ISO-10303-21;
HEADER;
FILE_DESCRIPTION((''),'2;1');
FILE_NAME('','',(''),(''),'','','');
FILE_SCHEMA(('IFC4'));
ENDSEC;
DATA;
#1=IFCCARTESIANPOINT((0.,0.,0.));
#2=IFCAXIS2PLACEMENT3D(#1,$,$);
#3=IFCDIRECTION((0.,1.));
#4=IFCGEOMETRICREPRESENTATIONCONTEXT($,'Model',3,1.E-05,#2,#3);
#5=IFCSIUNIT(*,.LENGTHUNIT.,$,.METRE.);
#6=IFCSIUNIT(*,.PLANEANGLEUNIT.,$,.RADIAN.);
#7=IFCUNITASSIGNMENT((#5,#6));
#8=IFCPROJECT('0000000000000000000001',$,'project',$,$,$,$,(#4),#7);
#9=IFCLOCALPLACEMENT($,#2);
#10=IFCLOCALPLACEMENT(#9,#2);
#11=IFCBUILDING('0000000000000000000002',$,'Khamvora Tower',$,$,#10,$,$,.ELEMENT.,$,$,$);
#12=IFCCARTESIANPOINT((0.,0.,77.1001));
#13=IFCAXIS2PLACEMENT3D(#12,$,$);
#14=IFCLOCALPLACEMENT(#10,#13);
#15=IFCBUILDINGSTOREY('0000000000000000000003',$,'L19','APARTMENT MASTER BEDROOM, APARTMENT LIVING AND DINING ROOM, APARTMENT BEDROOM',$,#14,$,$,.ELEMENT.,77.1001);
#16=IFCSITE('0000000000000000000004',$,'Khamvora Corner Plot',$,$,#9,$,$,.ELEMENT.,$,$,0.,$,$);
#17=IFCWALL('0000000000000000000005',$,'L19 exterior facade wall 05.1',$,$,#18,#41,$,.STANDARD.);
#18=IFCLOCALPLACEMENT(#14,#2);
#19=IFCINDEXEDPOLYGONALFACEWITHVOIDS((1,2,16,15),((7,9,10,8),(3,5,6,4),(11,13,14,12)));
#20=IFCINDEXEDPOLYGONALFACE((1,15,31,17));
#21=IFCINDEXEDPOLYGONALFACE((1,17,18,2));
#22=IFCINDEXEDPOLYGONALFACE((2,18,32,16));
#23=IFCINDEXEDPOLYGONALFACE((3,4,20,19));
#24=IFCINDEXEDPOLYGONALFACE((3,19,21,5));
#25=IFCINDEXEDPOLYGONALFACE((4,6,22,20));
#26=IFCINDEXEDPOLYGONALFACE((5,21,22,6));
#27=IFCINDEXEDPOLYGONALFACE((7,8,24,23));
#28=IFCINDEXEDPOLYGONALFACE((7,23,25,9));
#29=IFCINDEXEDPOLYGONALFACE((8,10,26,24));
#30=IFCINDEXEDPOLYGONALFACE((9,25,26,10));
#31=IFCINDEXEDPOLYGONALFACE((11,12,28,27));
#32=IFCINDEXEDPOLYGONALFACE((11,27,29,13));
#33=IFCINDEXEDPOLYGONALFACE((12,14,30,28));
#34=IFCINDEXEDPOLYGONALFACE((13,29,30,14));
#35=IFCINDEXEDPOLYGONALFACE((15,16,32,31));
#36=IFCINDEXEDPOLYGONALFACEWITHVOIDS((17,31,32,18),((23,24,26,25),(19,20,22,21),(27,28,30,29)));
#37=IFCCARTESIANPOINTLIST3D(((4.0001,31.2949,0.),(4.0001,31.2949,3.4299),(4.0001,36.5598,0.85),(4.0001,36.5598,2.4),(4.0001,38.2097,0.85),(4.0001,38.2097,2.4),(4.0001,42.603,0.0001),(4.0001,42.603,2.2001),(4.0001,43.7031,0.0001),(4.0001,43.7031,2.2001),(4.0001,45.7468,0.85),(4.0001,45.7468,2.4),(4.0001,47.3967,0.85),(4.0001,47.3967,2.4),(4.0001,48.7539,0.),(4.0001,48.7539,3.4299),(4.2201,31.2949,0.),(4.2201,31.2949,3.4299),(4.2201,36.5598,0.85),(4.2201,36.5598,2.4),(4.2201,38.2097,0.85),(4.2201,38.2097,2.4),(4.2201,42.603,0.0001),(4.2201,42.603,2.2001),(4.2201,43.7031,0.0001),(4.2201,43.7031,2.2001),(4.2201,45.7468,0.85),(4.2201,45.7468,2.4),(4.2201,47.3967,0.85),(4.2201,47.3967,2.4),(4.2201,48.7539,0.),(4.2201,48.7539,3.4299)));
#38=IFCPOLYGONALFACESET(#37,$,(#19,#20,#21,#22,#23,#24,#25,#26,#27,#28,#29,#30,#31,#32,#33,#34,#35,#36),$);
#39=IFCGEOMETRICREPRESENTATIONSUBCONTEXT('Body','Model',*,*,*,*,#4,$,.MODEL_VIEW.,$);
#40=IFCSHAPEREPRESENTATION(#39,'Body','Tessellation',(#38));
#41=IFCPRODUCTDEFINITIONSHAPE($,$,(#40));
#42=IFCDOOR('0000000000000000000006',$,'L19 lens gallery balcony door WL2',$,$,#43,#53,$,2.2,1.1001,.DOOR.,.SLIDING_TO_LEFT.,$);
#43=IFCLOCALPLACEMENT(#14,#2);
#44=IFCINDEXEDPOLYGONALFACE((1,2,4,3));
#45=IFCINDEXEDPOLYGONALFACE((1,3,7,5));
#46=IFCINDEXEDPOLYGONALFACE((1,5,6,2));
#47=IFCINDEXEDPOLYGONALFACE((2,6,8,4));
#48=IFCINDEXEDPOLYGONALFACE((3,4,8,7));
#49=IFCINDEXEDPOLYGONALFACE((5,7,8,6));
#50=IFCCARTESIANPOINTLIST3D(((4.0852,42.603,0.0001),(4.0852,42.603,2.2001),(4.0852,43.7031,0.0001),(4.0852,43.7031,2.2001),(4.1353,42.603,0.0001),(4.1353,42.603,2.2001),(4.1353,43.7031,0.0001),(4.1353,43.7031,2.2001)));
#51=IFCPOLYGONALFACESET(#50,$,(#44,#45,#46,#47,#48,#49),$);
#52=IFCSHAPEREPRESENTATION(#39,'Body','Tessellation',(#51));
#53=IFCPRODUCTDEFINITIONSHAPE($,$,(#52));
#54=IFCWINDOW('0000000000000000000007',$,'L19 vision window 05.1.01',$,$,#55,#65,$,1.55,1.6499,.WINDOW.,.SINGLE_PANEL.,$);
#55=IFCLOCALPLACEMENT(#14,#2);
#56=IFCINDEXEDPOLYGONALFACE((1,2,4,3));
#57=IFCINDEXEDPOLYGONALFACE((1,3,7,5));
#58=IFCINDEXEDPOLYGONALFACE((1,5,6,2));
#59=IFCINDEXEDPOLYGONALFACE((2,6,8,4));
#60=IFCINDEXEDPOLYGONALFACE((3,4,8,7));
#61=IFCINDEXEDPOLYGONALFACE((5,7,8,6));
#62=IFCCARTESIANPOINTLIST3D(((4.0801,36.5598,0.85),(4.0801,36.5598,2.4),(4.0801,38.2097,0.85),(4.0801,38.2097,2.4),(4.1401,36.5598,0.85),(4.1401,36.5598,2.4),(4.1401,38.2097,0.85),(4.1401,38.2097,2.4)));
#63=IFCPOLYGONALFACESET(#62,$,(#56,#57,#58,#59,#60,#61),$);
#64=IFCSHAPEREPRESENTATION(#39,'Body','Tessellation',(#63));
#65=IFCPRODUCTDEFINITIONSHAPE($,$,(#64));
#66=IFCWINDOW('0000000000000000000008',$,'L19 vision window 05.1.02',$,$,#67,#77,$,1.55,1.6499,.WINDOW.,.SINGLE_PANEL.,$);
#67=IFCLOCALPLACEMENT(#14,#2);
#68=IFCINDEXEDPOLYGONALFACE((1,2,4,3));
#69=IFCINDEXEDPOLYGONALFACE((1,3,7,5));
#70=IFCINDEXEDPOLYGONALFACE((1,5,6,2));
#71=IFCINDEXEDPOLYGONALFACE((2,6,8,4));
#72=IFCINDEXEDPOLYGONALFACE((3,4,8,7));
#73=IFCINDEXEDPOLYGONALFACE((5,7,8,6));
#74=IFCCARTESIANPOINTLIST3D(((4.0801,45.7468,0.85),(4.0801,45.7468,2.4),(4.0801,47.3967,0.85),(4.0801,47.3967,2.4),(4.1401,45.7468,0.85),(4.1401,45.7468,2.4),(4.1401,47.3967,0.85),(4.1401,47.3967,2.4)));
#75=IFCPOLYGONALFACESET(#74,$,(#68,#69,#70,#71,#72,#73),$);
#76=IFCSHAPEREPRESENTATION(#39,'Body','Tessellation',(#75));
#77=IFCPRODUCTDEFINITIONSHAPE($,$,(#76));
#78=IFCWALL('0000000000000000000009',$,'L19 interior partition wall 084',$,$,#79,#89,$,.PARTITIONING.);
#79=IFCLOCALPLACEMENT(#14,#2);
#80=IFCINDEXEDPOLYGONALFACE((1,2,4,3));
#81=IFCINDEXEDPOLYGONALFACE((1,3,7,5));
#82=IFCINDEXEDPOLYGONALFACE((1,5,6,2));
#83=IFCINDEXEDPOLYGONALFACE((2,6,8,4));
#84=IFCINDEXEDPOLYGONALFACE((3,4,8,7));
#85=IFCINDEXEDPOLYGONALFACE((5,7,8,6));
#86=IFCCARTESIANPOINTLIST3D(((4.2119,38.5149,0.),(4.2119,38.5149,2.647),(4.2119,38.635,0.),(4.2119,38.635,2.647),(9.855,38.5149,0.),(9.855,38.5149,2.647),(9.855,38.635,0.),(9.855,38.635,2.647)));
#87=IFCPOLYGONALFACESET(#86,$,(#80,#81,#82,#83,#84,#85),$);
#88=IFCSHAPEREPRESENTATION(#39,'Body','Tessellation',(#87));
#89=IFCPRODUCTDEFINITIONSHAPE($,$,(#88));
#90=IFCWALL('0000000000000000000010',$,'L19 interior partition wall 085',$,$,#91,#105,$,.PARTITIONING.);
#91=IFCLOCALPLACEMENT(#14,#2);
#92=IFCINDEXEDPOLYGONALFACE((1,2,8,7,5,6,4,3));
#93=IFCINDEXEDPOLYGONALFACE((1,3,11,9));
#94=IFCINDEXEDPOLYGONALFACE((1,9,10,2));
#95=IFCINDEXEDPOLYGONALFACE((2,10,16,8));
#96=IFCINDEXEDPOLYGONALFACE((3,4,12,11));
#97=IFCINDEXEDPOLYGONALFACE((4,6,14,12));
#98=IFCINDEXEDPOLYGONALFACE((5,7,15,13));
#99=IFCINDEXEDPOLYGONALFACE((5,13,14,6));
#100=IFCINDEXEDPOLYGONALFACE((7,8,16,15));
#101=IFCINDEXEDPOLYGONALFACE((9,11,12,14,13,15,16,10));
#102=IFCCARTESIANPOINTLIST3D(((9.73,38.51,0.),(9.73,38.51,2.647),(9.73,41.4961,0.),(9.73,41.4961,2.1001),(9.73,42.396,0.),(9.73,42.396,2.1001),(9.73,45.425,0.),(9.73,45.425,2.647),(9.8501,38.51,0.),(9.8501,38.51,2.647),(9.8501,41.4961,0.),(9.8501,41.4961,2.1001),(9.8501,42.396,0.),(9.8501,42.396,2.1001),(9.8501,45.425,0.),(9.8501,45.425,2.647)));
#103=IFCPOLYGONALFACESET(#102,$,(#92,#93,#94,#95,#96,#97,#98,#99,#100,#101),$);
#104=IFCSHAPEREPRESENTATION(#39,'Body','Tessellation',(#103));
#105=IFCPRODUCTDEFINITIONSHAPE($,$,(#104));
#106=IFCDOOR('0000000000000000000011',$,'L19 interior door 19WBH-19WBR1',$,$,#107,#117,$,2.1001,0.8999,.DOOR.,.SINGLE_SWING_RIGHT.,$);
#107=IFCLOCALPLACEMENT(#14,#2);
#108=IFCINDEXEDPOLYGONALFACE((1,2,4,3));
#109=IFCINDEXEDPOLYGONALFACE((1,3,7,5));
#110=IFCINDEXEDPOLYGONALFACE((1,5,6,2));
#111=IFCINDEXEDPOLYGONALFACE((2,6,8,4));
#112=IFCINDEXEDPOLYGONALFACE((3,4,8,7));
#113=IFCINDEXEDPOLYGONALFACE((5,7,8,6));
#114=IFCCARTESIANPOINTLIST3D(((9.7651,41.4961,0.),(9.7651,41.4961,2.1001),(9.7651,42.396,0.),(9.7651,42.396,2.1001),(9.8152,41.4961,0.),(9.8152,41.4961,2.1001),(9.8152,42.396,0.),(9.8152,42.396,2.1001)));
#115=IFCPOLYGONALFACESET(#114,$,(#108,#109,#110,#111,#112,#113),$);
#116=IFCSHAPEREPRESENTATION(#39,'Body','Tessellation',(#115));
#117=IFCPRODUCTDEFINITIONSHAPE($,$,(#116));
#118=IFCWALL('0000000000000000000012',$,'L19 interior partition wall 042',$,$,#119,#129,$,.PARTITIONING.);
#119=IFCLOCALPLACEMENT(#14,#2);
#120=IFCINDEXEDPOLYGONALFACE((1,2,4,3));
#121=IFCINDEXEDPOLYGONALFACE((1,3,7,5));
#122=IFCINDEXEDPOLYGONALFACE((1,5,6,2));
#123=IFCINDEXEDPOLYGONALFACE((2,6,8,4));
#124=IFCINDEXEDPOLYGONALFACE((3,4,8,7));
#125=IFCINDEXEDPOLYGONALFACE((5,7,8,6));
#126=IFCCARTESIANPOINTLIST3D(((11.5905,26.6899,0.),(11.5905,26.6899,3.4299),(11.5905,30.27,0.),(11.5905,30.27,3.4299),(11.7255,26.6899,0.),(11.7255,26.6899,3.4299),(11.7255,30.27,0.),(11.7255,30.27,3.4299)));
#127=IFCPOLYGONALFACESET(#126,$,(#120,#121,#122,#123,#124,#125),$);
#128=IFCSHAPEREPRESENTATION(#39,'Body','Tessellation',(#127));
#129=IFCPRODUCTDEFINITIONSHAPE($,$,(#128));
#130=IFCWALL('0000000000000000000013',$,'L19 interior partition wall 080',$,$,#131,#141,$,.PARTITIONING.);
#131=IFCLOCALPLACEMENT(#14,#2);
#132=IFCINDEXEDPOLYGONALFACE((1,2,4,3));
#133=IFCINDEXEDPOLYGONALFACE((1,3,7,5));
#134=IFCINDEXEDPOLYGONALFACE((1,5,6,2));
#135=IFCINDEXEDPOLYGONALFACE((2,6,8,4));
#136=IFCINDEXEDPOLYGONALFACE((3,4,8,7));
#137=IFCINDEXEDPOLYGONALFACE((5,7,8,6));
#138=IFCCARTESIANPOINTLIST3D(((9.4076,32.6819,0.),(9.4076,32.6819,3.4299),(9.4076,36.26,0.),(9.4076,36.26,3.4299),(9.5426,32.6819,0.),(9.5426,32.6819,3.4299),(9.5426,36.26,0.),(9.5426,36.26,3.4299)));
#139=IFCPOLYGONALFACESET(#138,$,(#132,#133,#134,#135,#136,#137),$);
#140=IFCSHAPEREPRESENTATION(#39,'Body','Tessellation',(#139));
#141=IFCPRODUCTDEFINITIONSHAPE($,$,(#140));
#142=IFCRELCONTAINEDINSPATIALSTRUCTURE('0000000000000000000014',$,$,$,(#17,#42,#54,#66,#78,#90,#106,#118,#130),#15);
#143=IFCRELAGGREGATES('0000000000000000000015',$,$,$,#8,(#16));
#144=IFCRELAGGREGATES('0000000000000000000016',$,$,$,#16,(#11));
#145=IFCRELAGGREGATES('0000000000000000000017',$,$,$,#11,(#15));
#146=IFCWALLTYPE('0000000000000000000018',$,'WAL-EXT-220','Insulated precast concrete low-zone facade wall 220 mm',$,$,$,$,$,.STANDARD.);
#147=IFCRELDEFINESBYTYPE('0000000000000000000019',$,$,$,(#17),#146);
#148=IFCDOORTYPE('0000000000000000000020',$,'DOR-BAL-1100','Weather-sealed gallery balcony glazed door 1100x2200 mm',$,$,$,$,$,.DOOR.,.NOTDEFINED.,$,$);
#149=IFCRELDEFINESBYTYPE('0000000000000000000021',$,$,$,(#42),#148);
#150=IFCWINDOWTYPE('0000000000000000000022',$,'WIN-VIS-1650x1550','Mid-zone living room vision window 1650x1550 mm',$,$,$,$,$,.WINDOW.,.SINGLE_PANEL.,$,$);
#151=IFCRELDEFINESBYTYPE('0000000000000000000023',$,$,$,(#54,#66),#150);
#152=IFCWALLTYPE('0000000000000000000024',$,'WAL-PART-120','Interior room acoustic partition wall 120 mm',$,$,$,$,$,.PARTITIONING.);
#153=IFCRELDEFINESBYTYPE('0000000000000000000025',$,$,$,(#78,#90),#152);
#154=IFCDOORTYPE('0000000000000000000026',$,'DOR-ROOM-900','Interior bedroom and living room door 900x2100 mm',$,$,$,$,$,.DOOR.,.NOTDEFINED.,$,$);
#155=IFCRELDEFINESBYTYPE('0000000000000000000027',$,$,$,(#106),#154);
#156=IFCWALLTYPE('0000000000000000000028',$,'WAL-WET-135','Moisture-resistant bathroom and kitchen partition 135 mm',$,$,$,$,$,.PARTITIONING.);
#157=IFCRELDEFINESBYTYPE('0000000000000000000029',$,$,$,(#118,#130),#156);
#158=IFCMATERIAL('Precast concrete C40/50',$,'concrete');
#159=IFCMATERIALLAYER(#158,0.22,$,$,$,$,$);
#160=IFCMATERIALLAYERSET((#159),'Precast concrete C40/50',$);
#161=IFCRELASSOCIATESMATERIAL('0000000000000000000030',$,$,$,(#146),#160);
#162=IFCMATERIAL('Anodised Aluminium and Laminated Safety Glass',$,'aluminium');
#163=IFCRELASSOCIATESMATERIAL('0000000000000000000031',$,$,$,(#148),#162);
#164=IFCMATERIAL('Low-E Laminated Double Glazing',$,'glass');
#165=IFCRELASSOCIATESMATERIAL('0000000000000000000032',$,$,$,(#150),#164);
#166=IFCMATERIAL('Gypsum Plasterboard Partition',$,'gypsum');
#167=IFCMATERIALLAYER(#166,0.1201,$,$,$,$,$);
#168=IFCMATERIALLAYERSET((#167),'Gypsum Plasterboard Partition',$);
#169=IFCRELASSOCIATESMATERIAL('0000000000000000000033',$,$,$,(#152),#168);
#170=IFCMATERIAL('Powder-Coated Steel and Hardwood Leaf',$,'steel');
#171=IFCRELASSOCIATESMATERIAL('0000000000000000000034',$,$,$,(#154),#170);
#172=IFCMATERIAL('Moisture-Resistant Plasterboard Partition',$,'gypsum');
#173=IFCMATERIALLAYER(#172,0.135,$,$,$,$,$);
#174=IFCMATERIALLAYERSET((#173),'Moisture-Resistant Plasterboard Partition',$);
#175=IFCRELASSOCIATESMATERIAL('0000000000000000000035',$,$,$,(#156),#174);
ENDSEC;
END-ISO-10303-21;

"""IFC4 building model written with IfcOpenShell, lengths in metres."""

from ifc_helpers import new_model, si_unit, direction, frame, frame_2d, origin, place, context, subcontext, project, spatial, rectangle, extrude, material, layer, layer_set, type_object, element, fill, save


model = new_model("IFC4")

# Units and contexts
model_context = context("Model", 3, precision=1e-05, world=origin(), true_north=direction((0.0, 1.0)))
body_context = subcontext(model_context, "Body", "Model", "MODEL_VIEW")
ifc_project = project(units=[si_unit("LENGTHUNIT", "METRE"), si_unit("PLANEANGLEUNIT", "RADIAN")], contexts=[model_context])

# Site, building, storey
site_placement = place(None, origin())
site = spatial("IfcSite", under=ifc_project, at=site_placement, Name="Khamvora Corner Plot", CompositionType="ELEMENT", RefElevation=0.0)
building_placement = place(site_placement, origin())
building = spatial("IfcBuilding", under=site, at=building_placement, Name="Khamvora Tower", CompositionType="ELEMENT")
storey_placement = place(building_placement, frame((0.0, 0.0, 77.1001)))
storey = spatial("IfcBuildingStorey", under=building, at=storey_placement, Name="L19", Description="APARTMENT MASTER BEDROOM, APARTMENT LIVING AND DINING ROOM, APARTMENT BEDROOM", CompositionType="ELEMENT", Elevation=77.1001)

# Shared definitions
ifc_material_1 = material(Name="Powder-Coated Steel and Hardwood Leaf", Category="steel")

# Shared definitions
ifc_material_2 = material(Name="Precast concrete C40/50", Category="concrete")
ifc_layer_1 = layer(ifc_material_2, 0.22)
ifc_layer_set_1 = layer_set([ifc_layer_1], Name="Precast concrete C40/50")
wall_type_1 = type_object("IfcWallType", Name="WAL-EXT-220", Description="Insulated precast concrete low-zone facade wall 220 mm", PredefinedType="STANDARD", material=ifc_layer_set_1)

# Wall, openings, door, windows
wall_1_placement = place(storey_placement, frame((4.1101, 31.2949, 0.0), z_axis=(0.0, 0.0, 1.0), x_axis=(0.0, 1.0, 0.0)))
wall_1 = element("IfcWall", 1, at=wall_1_placement, inside=storey, type_object=wall_type_1, Name="L19 exterior facade wall 05.1", PredefinedType="STANDARD", context=body_context, shape_type="SweptSolid", body=[
    extrude(rectangle(XDim=17.459, YDim=0.22, at=frame_2d((8.7295, 0.0))), origin(), (0.0, 0.0, 1.0), 3.4299),
])
opening_1_placement = place(wall_1_placement, frame((11.3081, 0.0, 0.0)))
opening_1 = element("IfcOpeningElement", 2, at=opening_1_placement, cuts=wall_1, PredefinedType="OPENING", context=body_context, shape_type="SweptSolid", body=[
    extrude(rectangle(XDim=1.1001, YDim=2.2, at=frame_2d((0.55, 1.1001))), frame((0.0, 0.1199, 0.0), z_axis=(0.0, -1.0, 0.0), x_axis=(1.0, 0.0, 0.0)), (0.0, 0.0, 1.0), 0.24),
])
opening_2_placement = place(wall_1_placement, frame((5.2649, 0.0, 0.8501)))
opening_2 = element("IfcOpeningElement", 3, at=opening_2_placement, cuts=wall_1, PredefinedType="OPENING", context=body_context, shape_type="SweptSolid", body=[
    extrude(rectangle(XDim=1.6499, YDim=1.55, at=frame_2d((0.825, 0.7749))), frame((0.0, 0.1199, 0.0), z_axis=(0.0, -1.0, 0.0), x_axis=(1.0, 0.0, 0.0)), (0.0, 0.0, 1.0), 0.24),
])
opening_3_placement = place(wall_1_placement, frame((14.4519, 0.0, 0.8501)))
opening_3 = element("IfcOpeningElement", 4, at=opening_3_placement, cuts=wall_1, PredefinedType="OPENING", context=body_context, shape_type="SweptSolid", body=[
    extrude(rectangle(XDim=1.6499, YDim=1.55, at=frame_2d((0.825, 0.7749))), frame((0.0, 0.1199, 0.0), z_axis=(0.0, -1.0, 0.0), x_axis=(1.0, 0.0, 0.0)), (0.0, 0.0, 1.0), 0.24),
])
ifc_material_3 = material(Name="Anodised Aluminium and Laminated Safety Glass", Category="aluminium")
door_type_1 = type_object("IfcDoorType", Name="DOR-BAL-1100", Description="Weather-sealed gallery balcony glazed door 1100x2200 mm", OperationType="NOTDEFINED", PredefinedType="DOOR", material=ifc_material_3)
door_1_placement = place(opening_1_placement, origin())
door_1 = element("IfcDoor", 5, at=door_1_placement, inside=storey, type_object=door_type_1, Name="L19 lens gallery balcony door WL2", OperationType="SLIDING_TO_LEFT", OverallHeight=2.2, OverallWidth=1.1001, PredefinedType="DOOR", context=body_context, shape_type="SweptSolid", body=[
    extrude(rectangle(XDim=1.1001, YDim=2.2, at=frame_2d((0.55, 1.1001))), frame((0.0, 0.0249, 0.0), z_axis=(0.0, -1.0, 0.0), x_axis=(1.0, 0.0, 0.0)), (0.0, 0.0, 1.0), 0.05),
])
fill(opening_1, door_1)
ifc_material_4 = material(Name="Low-E Laminated Double Glazing", Category="glass")
window_type = type_object("IfcWindowType", Name="WIN-VIS-1650x1550", Description="Mid-zone living room vision window 1650x1550 mm", PartitioningType="SINGLE_PANEL", PredefinedType="WINDOW", material=ifc_material_4)
window_1_placement = place(opening_2_placement, origin())
window_1 = element("IfcWindow", 6, at=window_1_placement, inside=storey, type_object=window_type, Name="L19 vision window 05.1.01", OverallHeight=1.55, OverallWidth=1.6499, PartitioningType="SINGLE_PANEL", PredefinedType="WINDOW", context=body_context, shape_type="SweptSolid", body=[
    extrude(rectangle(XDim=1.6499, YDim=1.55, at=frame_2d((0.825, 0.7749))), frame((0.0, 0.03, 0.0), z_axis=(0.0, -1.0, 0.0), x_axis=(1.0, 0.0, 0.0)), (0.0, 0.0, 1.0), 0.0601),
])
fill(opening_2, window_1)
window_2_placement = place(opening_3_placement, origin())
window_2 = element("IfcWindow", 7, at=window_2_placement, inside=storey, type_object=window_type, Name="L19 vision window 05.1.02", OverallHeight=1.55, OverallWidth=1.6499, PartitioningType="SINGLE_PANEL", PredefinedType="WINDOW", context=body_context, shape_type="SweptSolid", body=[
    extrude(rectangle(XDim=1.6499, YDim=1.55, at=frame_2d((0.825, 0.7749))), frame((0.0, 0.03, 0.0), z_axis=(0.0, -1.0, 0.0), x_axis=(1.0, 0.0, 0.0)), (0.0, 0.0, 1.0), 0.0601),
])
fill(opening_3, window_2)

# Wall
ifc_material_5 = material(Name="Gypsum Plasterboard Partition", Category="gypsum")
ifc_layer_2 = layer(ifc_material_5, 0.1201)
ifc_layer_set_2 = layer_set([ifc_layer_2], Name="Gypsum Plasterboard Partition")
wall_type_2 = type_object("IfcWallType", Name="WAL-PART-120", Description="Interior room acoustic partition wall 120 mm", PredefinedType="PARTITIONING", material=ifc_layer_set_2)
wall_2_placement = place(storey_placement, frame((4.2119, 38.575, 0.0), z_axis=(0.0, 0.0, 1.0), x_axis=(1.0, 0.0, 0.0)))
element("IfcWall", 8, at=wall_2_placement, inside=storey, type_object=wall_type_2, Name="L19 interior partition wall 084", PredefinedType="PARTITIONING", context=body_context, shape_type="SweptSolid", body=[
    extrude(rectangle(XDim=5.6431, YDim=0.1201, at=frame_2d((2.8215, 0.0))), origin(), (0.0, 0.0, 1.0), 2.647),
])

# Wall, opening, door
wall_3_placement = place(storey_placement, frame((9.79, 38.51, 0.0), z_axis=(0.0, 0.0, 1.0), x_axis=(0.0, 1.0, 0.0)))
wall_3 = element("IfcWall", 9, at=wall_3_placement, inside=storey, type_object=wall_type_2, Name="L19 interior partition wall 085", PredefinedType="PARTITIONING", context=body_context, shape_type="SweptSolid", body=[
    extrude(rectangle(XDim=6.915, YDim=0.1201, at=frame_2d((3.4575, 0.0))), origin(), (0.0, 0.0, 1.0), 2.647),
])
opening_4_placement = place(wall_3_placement, frame((2.9861, 0.0, 0.0)))
opening_4 = element("IfcOpeningElement", 10, at=opening_4_placement, cuts=wall_3, PredefinedType="OPENING", context=body_context, shape_type="SweptSolid", body=[
    extrude(rectangle(XDim=0.8999, YDim=2.1001, at=frame_2d((0.45, 1.05))), frame((0.0, 0.0701, 0.0), z_axis=(0.0, -1.0, 0.0), x_axis=(1.0, 0.0, 0.0)), (0.0, 0.0, 1.0), 0.1401),
])
door_type_2 = type_object("IfcDoorType", Name="DOR-ROOM-900", Description="Interior bedroom and living room door 900x2100 mm", OperationType="NOTDEFINED", PredefinedType="DOOR", material=ifc_material_1)
door_2_placement = place(opening_4_placement, origin())
door_2 = element("IfcDoor", 11, at=door_2_placement, inside=storey, type_object=door_type_2, Name="L19 interior door 19WBH-19WBR1", OperationType="SINGLE_SWING_RIGHT", OverallHeight=2.1001, OverallWidth=0.8999, PredefinedType="DOOR", context=body_context, shape_type="SweptSolid", body=[
    extrude(rectangle(XDim=0.8999, YDim=2.1001, at=frame_2d((0.45, 1.05))), frame((0.0, 0.0249, 0.0), z_axis=(0.0, -1.0, 0.0), x_axis=(1.0, 0.0, 0.0)), (0.0, 0.0, 1.0), 0.05),
])
fill(opening_4, door_2)

# Walls
ifc_material_6 = material(Name="Moisture-Resistant Plasterboard Partition", Category="gypsum")
ifc_layer_3 = layer(ifc_material_6, 0.135)
ifc_layer_set_3 = layer_set([ifc_layer_3], Name="Moisture-Resistant Plasterboard Partition")
wall_type_3 = type_object("IfcWallType", Name="WAL-WET-135", Description="Moisture-resistant bathroom and kitchen partition 135 mm", PredefinedType="PARTITIONING", material=ifc_layer_set_3)
wall_4_placement = place(storey_placement, frame((11.658, 30.27, 0.0), z_axis=(0.0, 0.0, 1.0), x_axis=(0.0, -1.0, 0.0)))
element("IfcWall", 12, at=wall_4_placement, inside=storey, type_object=wall_type_3, Name="L19 interior partition wall 042", PredefinedType="PARTITIONING", context=body_context, shape_type="SweptSolid", body=[
    extrude(rectangle(XDim=3.5801, YDim=0.135, at=frame_2d((1.79, 0.0))), origin(), (0.0, 0.0, 1.0), 3.4299),
])
wall_5_placement = place(storey_placement, frame((9.4751, 32.6819, 0.0), z_axis=(0.0, 0.0, 1.0), x_axis=(0.0, 1.0, 0.0)))
element("IfcWall", 13, at=wall_5_placement, inside=storey, type_object=wall_type_3, Name="L19 interior partition wall 080", PredefinedType="PARTITIONING", context=body_context, shape_type="SweptSolid", body=[
    extrude(rectangle(XDim=3.5781, YDim=0.135, at=frame_2d((1.7891, 0.0))), origin(), (0.0, 0.0, 1.0), 3.4299),
])

save(model, "model.ifc")
